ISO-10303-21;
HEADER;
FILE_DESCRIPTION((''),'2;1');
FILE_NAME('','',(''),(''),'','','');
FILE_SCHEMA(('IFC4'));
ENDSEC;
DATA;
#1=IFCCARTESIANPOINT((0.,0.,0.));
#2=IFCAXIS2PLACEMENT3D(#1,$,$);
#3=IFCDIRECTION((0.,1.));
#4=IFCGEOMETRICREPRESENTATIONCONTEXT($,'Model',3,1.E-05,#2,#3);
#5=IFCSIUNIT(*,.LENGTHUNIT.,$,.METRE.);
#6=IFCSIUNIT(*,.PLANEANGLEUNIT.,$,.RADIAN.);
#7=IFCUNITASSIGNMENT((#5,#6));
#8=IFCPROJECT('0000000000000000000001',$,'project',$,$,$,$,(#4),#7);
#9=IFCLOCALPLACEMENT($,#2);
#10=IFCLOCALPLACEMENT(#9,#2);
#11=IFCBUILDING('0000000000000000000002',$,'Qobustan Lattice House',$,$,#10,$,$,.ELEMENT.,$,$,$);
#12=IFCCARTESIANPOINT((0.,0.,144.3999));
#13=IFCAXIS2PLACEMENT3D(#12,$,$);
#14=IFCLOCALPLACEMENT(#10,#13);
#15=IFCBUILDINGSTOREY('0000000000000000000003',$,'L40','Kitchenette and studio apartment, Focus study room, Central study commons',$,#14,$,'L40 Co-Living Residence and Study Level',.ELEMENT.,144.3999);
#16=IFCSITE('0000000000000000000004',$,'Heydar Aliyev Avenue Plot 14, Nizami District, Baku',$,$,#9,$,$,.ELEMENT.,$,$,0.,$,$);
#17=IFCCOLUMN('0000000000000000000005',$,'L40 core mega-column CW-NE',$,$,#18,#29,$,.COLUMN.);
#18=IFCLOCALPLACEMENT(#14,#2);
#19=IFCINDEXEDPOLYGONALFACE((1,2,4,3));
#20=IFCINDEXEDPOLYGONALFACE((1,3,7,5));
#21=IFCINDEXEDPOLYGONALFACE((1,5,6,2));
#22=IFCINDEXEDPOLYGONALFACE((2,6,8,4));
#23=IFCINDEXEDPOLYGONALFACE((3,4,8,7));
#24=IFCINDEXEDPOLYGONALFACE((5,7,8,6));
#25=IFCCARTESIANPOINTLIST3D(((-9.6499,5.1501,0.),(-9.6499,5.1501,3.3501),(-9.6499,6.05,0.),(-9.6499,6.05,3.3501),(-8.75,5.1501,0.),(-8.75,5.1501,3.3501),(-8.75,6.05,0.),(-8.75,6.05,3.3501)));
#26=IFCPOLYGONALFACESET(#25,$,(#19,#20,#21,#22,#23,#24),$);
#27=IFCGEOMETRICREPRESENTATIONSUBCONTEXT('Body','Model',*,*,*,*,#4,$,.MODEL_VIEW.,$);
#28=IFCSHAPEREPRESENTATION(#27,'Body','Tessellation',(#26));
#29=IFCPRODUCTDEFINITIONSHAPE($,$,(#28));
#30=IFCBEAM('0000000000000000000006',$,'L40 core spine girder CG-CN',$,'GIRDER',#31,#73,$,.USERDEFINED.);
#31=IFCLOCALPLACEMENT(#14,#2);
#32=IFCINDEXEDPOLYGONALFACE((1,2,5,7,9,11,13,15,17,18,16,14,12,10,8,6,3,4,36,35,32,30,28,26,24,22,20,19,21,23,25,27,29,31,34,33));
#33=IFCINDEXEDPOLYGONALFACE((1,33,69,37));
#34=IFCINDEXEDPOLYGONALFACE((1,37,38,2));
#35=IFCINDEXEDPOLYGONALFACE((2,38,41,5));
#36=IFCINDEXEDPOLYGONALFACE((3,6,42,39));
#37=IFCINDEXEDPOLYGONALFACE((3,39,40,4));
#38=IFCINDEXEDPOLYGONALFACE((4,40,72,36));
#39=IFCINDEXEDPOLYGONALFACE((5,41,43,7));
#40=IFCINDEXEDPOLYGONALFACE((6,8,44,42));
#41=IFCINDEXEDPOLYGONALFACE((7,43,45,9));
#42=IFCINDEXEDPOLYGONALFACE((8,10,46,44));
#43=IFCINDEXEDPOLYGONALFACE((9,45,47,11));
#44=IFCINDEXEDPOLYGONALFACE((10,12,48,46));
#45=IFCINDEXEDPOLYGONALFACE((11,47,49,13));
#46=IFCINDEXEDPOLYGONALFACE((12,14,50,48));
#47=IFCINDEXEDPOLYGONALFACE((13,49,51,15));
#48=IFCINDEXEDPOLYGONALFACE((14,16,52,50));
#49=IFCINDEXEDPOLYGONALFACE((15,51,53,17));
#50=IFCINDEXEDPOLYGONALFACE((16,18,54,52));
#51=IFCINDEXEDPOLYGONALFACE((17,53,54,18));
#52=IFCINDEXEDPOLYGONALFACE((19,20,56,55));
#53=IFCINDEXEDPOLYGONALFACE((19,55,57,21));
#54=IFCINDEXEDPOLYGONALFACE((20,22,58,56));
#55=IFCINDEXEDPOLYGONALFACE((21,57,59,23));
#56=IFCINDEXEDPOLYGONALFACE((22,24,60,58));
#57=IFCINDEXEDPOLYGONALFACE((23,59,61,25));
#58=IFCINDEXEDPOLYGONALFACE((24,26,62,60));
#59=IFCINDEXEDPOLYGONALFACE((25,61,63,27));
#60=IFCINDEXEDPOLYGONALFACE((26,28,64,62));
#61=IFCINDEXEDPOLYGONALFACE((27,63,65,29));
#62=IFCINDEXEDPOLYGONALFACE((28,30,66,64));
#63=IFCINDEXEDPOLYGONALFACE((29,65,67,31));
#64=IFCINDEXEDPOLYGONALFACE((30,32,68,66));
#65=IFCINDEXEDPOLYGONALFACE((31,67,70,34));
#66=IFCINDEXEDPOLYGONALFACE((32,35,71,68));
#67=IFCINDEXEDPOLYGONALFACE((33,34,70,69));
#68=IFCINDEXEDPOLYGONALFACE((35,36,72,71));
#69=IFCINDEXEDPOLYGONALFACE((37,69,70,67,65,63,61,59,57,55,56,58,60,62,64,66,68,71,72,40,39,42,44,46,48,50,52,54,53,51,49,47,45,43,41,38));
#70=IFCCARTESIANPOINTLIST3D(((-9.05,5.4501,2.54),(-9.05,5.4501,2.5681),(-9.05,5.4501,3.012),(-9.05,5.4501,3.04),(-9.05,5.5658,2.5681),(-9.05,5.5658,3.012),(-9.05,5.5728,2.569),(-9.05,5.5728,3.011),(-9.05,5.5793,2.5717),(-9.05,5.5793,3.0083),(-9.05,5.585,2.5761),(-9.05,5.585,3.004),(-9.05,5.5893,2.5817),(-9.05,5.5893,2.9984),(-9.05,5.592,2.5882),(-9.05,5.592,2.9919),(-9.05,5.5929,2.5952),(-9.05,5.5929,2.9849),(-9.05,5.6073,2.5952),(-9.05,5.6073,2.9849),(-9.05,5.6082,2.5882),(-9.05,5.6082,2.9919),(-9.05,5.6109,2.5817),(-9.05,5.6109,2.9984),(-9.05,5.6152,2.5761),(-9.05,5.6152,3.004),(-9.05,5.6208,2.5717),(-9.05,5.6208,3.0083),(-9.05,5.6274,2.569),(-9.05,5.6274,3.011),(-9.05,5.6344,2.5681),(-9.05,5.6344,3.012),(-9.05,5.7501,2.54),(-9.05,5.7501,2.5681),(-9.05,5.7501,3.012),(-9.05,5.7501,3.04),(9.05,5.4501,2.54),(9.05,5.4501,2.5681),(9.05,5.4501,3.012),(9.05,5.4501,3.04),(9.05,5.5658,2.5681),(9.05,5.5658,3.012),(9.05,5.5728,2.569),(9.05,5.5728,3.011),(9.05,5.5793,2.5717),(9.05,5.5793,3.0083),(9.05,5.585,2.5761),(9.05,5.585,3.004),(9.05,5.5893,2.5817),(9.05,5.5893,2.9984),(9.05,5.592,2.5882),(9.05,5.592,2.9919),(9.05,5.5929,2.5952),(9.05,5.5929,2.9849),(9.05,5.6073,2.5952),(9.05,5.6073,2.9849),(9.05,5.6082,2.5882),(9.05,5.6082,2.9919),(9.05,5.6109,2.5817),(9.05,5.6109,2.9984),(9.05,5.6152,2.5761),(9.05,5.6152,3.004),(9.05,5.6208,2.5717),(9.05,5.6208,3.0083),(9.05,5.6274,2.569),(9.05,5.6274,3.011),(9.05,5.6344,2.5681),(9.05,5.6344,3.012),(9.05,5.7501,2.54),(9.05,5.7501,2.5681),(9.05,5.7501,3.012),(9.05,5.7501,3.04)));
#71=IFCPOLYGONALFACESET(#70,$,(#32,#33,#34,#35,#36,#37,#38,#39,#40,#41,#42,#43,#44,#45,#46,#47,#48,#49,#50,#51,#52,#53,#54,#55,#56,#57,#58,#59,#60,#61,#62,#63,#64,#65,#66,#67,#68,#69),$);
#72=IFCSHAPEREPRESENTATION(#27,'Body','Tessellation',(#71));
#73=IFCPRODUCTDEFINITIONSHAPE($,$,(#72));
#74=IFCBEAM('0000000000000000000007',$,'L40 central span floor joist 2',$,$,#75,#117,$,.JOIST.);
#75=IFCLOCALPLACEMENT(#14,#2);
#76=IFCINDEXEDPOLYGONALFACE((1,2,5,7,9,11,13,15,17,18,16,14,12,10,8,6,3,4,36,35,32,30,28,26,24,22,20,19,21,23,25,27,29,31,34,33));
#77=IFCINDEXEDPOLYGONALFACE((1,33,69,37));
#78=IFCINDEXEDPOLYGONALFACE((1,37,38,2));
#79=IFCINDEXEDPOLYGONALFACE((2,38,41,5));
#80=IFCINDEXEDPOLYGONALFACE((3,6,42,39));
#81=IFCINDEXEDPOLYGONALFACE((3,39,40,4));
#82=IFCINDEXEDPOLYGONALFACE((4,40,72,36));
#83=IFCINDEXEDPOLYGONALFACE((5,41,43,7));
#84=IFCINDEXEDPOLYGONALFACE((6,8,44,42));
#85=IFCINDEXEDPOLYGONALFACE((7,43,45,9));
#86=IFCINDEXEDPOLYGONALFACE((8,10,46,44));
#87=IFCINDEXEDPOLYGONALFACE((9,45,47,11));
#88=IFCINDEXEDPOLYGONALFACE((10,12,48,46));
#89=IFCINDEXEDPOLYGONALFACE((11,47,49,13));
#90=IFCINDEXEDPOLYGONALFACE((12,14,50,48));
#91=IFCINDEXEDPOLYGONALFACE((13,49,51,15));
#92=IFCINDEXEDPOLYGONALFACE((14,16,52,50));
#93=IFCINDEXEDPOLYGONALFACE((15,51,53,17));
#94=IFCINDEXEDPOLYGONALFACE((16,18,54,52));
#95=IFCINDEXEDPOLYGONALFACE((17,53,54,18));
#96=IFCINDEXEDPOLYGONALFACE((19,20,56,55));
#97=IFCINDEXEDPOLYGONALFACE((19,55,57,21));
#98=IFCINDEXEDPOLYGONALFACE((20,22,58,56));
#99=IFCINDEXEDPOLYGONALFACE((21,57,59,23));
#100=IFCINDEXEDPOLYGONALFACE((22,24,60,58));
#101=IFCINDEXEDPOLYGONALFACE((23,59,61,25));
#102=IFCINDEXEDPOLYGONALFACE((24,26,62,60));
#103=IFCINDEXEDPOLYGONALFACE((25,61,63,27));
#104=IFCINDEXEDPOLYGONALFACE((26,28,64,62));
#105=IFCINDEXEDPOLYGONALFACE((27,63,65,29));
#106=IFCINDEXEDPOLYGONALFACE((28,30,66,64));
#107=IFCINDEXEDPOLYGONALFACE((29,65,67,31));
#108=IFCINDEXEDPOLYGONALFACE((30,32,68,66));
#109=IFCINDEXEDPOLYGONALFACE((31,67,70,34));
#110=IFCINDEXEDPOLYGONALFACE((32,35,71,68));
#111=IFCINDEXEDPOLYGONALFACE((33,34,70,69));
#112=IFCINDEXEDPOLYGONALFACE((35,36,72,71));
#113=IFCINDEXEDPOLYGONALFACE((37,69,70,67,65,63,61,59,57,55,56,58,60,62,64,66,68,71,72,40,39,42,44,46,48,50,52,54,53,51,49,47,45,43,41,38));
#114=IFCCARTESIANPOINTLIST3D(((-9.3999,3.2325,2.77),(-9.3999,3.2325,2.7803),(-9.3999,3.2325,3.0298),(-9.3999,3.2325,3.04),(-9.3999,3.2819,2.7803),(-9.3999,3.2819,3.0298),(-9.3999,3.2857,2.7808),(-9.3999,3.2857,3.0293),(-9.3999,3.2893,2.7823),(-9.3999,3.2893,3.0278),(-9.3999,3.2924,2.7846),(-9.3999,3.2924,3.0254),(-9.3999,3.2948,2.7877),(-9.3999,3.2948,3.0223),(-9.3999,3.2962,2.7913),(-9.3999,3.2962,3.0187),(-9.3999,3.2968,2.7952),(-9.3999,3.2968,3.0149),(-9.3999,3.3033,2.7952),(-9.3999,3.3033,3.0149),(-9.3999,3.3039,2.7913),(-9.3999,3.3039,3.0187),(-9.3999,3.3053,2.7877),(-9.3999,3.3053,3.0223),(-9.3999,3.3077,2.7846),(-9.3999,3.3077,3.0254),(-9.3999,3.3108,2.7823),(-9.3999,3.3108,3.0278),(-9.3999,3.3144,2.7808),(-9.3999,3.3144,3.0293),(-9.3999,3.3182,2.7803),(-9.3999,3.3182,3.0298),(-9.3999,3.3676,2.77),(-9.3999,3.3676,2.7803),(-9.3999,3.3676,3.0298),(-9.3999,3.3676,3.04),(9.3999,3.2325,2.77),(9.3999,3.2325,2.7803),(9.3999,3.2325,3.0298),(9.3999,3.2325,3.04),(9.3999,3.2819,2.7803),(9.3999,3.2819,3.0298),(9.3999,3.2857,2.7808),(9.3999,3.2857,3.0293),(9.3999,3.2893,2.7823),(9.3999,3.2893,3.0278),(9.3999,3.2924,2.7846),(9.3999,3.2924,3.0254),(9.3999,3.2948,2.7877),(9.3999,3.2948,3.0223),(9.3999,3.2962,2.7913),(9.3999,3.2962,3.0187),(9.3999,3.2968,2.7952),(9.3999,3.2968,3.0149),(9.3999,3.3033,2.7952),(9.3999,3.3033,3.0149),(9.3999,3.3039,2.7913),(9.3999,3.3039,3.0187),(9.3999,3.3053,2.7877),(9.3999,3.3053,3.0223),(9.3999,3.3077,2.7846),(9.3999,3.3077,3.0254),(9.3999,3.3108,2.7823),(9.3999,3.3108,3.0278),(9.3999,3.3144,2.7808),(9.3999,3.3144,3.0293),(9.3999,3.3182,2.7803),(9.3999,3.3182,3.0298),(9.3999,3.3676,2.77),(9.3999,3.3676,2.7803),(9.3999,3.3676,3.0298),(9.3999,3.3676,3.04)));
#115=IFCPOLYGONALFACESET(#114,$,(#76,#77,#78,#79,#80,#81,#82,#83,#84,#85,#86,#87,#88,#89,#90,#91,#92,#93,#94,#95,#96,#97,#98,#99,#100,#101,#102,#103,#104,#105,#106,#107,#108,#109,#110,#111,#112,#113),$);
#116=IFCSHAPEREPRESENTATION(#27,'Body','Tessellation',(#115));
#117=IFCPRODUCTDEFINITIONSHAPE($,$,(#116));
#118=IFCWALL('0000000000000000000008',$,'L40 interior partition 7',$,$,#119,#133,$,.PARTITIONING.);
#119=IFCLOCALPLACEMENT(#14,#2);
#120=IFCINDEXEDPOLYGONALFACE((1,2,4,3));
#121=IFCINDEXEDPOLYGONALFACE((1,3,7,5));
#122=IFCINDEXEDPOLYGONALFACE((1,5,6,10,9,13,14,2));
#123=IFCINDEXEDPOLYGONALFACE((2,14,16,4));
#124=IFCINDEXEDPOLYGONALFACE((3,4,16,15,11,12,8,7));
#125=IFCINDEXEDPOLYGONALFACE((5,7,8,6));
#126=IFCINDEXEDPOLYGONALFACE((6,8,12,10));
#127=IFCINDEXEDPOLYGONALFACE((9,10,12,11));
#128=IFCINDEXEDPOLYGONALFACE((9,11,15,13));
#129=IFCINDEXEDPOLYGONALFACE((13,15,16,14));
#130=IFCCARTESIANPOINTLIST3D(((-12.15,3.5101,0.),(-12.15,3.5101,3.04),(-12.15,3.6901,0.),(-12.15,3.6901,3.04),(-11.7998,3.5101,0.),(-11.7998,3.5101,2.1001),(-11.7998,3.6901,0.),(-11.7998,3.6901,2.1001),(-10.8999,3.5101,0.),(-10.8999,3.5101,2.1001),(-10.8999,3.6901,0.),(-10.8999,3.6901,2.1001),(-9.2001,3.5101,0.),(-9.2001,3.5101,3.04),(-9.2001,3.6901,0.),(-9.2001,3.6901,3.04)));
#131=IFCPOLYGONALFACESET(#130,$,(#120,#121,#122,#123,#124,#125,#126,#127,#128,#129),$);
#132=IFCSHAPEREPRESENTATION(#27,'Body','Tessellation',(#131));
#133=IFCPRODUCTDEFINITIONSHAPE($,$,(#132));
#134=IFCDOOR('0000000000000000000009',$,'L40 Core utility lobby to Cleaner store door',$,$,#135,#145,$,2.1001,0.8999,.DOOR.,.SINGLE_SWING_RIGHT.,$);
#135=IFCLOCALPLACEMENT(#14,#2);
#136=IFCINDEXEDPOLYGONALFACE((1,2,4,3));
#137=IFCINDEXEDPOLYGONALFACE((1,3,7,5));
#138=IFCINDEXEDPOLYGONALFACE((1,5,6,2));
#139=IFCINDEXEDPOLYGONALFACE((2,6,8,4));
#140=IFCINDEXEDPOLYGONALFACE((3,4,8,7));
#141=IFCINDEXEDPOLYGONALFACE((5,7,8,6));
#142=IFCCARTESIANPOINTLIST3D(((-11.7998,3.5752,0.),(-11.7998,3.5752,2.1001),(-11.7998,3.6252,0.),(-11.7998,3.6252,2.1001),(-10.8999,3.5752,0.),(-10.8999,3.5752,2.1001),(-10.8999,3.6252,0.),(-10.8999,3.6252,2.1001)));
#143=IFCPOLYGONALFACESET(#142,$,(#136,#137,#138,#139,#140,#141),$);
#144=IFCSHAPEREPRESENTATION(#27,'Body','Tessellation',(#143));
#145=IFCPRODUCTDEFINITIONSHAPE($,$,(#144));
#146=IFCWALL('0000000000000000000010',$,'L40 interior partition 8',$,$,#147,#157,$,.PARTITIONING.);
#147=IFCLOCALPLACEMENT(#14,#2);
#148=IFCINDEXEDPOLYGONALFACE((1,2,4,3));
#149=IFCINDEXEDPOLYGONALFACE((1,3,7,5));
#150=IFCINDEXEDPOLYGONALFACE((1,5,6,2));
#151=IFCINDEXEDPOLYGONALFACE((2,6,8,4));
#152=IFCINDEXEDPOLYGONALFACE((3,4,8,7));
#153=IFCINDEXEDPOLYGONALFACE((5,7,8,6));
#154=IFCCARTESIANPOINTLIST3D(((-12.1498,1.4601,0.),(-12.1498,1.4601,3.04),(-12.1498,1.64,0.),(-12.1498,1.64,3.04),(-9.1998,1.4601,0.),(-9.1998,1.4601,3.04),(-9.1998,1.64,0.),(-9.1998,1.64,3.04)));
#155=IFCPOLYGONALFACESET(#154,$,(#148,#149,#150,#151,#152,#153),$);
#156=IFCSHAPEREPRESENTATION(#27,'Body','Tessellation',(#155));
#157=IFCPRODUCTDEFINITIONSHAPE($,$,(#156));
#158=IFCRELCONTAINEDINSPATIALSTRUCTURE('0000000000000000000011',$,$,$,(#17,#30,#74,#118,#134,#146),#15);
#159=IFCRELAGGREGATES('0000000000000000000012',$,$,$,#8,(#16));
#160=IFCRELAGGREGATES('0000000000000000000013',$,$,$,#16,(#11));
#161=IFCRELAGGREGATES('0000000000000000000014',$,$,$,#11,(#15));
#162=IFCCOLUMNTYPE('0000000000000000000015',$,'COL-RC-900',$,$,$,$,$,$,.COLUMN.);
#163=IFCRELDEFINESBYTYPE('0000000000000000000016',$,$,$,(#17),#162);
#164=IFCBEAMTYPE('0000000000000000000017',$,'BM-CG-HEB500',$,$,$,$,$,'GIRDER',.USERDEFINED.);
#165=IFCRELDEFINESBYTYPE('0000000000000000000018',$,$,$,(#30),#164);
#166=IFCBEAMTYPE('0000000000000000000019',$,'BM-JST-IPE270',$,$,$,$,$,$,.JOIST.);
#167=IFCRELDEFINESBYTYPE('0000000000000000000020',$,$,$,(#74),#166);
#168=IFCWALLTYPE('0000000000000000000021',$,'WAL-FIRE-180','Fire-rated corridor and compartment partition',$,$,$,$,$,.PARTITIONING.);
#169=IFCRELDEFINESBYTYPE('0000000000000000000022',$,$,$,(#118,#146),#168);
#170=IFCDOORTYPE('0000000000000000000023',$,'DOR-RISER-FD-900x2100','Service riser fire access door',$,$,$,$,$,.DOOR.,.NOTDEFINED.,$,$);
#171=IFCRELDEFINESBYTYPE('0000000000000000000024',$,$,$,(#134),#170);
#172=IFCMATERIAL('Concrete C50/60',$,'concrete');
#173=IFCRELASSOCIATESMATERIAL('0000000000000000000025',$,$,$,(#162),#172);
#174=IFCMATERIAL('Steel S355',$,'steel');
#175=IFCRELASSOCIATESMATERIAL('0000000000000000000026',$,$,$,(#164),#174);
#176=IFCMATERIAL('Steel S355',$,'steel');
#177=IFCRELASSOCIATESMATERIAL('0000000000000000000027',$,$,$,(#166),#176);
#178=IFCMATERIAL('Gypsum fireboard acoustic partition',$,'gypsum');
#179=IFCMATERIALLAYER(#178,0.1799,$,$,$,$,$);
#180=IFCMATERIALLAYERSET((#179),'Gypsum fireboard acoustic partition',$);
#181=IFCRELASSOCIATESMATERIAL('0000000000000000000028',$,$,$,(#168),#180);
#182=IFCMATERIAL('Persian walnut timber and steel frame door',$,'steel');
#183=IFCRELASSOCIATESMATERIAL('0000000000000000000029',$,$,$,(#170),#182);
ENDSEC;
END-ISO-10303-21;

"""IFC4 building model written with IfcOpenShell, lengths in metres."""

from ifc_helpers import new_model, si_unit, direction, frame, frame_2d, origin, origin_2d, place, context, subcontext, project, spatial, rectangle, i_section, extrude, material, layer, layer_set, material_profile, profile_set, type_object, element, fill, save


model = new_model("IFC4")

# Units and contexts
model_context = context("Model", 3, precision=1e-05, world=origin(), true_north=direction((0.0, 1.0)))
body_context = subcontext(model_context, "Body", "Model", "MODEL_VIEW")
ifc_project = project(units=[si_unit("LENGTHUNIT", "METRE"), si_unit("PLANEANGLEUNIT", "RADIAN")], contexts=[model_context])

# Site, building, storey
site_placement = place(None, origin())
site = spatial("IfcSite", under=ifc_project, at=site_placement, Name="Heydar Aliyev Avenue Plot 14, Nizami District, Baku", CompositionType="ELEMENT", RefElevation=0.0)
building_placement = place(site_placement, origin())
building = spatial("IfcBuilding", under=site, at=building_placement, Name="Qobustan Lattice House", CompositionType="ELEMENT")
storey_placement = place(building_placement, frame((0.0, 0.0, 144.3999)))
storey = spatial("IfcBuildingStorey", under=building, at=storey_placement, Name="L40", Description="Kitchenette and studio apartment, Focus study room, Central study commons", LongName="L40 Co-Living Residence and Study Level", CompositionType="ELEMENT", Elevation=144.3999)

# Column
ifc_material_1 = material(Name="Concrete C50/60", Category="concrete")
ifc_material_profile_1 = material_profile(ifc_material_1, rectangle(XDim=0.8999, YDim=0.8999, at=origin_2d()), Name="RC900x900")
ifc_profile_set_1 = profile_set([ifc_material_profile_1], Name="Concrete C50/60")
column_type = type_object("IfcColumnType", Name="COL-RC-900", PredefinedType="COLUMN", material=ifc_profile_set_1)
column_placement = place(storey_placement, frame((-9.2, 5.6001, 0.0), z_axis=(0.0, 0.0, 1.0), x_axis=(1.0, 0.0, 0.0)))
element("IfcColumn", 1, at=column_placement, inside=storey, type_object=column_type, Name="L40 core mega-column CW-NE", PredefinedType="COLUMN", context=body_context, shape_type="SweptSolid", body=[
    extrude(rectangle(XDim=0.8999, YDim=0.8999, at=origin_2d()), origin(), (0.0, 0.0, 1.0), 3.3501),
])

# Beams
ifc_material_2 = material(Name="Steel S355", Category="steel")
ifc_material_profile_2 = material_profile(ifc_material_2, i_section(OverallWidth=0.3, OverallDepth=0.5, WebThickness=0.0144, FlangeThickness=0.0281, FilletRadius=0.0271, at=origin_2d()), Name="HEB500")
ifc_profile_set_2 = profile_set([ifc_material_profile_2], Name="Steel S355")
beam_type_1 = type_object("IfcBeamType", Name="BM-CG-HEB500", ElementType="GIRDER", PredefinedType="USERDEFINED", material=ifc_profile_set_2)
beam_1_placement = place(storey_placement, frame((-9.05, 5.6001, 2.79), z_axis=(1.0, 0.0, 0.0), x_axis=(0.0, 1.0, 0.0)))
element("IfcBeam", 2, at=beam_1_placement, inside=storey, type_object=beam_type_1, Name="L40 core spine girder CG-CN", ObjectType="GIRDER", PredefinedType="USERDEFINED", context=body_context, shape_type="SweptSolid", body=[
    extrude(i_section(OverallWidth=0.3, OverallDepth=0.5, WebThickness=0.0144, FlangeThickness=0.0281, FilletRadius=0.0271, at=origin_2d()), origin(), (0.0, 0.0, 1.0), 18.1001),
])
ifc_material_3 = material(Name="Steel S355", Category="steel")
ifc_material_profile_3 = material_profile(ifc_material_3, i_section(OverallWidth=0.135, OverallDepth=0.27, WebThickness=0.0066, FlangeThickness=0.0103, FilletRadius=0.0149, at=origin_2d()), Name="IPE270")
ifc_profile_set_3 = profile_set([ifc_material_profile_3], Name="Steel S355")
beam_type_2 = type_object("IfcBeamType", Name="BM-JST-IPE270", PredefinedType="JOIST", material=ifc_profile_set_3)
beam_2_placement = place(storey_placement, frame((-9.3999, 3.3, 2.905), z_axis=(1.0, 0.0, 0.0), x_axis=(0.0, 1.0, 0.0)))
element("IfcBeam", 3, at=beam_2_placement, inside=storey, type_object=beam_type_2, Name="L40 central span floor joist 2", PredefinedType="JOIST", context=body_context, shape_type="SweptSolid", body=[
    extrude(i_section(OverallWidth=0.135, OverallDepth=0.27, WebThickness=0.0066, FlangeThickness=0.0103, FilletRadius=0.0149, at=origin_2d()), origin(), (0.0, 0.0, 1.0), 18.7998),
])

# Wall, opening, door
ifc_material_4 = material(Name="Gypsum fireboard acoustic partition", Category="gypsum")
ifc_layer_1 = layer(ifc_material_4, 0.1799)
ifc_layer_set_1 = layer_set([ifc_layer_1], Name="Gypsum fireboard acoustic partition")
wall_type_1 = type_object("IfcWallType", Name="WAL-FIRE-180", Description="Fire-rated corridor and compartment partition", PredefinedType="PARTITIONING", material=ifc_layer_set_1)
wall_1_placement = place(storey_placement, frame((-9.2, 3.6001, 0.0), z_axis=(0.0, 0.0, 1.0), x_axis=(-1.0, 0.0, 0.0)))
wall_1 = element("IfcWall", 4, at=wall_1_placement, inside=storey, type_object=wall_type_1, Name="L40 interior partition 7", PredefinedType="PARTITIONING", context=body_context, shape_type="SweptSolid", body=[
    extrude(rectangle(XDim=2.95, YDim=0.1799, at=frame_2d((1.4751, 0.0))), origin(), (0.0, 0.0, 1.0), 3.04),
])
opening_1_placement = place(wall_1_placement, frame((1.7, 0.0, 0.0)))
opening_1 = element("IfcOpeningElement", 5, at=opening_1_placement, cuts=wall_1, PredefinedType="OPENING", context=body_context, shape_type="SweptSolid", body=[
    extrude(rectangle(XDim=0.8999, YDim=2.1001, at=frame_2d((0.45, 1.05))), frame((0.0, 0.0999, 0.0), z_axis=(0.0, -1.0, 0.0), x_axis=(1.0, 0.0, 0.0)), (0.0, 0.0, 1.0), 0.2),
])
ifc_material_5 = material(Name="Persian walnut timber and steel frame door", Category="steel")
door_type_1 = type_object("IfcDoorType", Name="DOR-RISER-FD-900x2100", Description="Service riser fire access door", OperationType="NOTDEFINED", PredefinedType="DOOR", material=ifc_material_5)
door_1_placement = place(opening_1_placement, origin())
door_1 = element("IfcDoor", 6, at=door_1_placement, inside=storey, type_object=door_type_1, Name="L40 Core utility lobby to Cleaner store door", OperationType="SINGLE_SWING_RIGHT", OverallHeight=2.1001, OverallWidth=0.8999, PredefinedType="DOOR", context=body_context, shape_type="SweptSolid", body=[
    extrude(rectangle(XDim=0.8999, YDim=2.1001, at=frame_2d((0.45, 1.05))), frame((0.0, 0.0249, 0.0), z_axis=(0.0, -1.0, 0.0), x_axis=(1.0, 0.0, 0.0)), (0.0, 0.0, 1.0), 0.05),
])
fill(opening_1, door_1)

# Wall
wall_2_placement = place(storey_placement, frame((-12.1499, 1.55, 0.0), z_axis=(0.0, 0.0, 1.0), x_axis=(1.0, 0.0, 0.0)))
element("IfcWall", 7, at=wall_2_placement, inside=storey, type_object=wall_type_1, Name="L40 interior partition 8", PredefinedType="PARTITIONING", context=body_context, shape_type="SweptSolid", body=[
    extrude(rectangle(XDim=2.95, YDim=0.1799, at=frame_2d((1.4751, 0.0))), origin(), (0.0, 0.0, 1.0), 3.04),
])

save(model, "model.ifc")
